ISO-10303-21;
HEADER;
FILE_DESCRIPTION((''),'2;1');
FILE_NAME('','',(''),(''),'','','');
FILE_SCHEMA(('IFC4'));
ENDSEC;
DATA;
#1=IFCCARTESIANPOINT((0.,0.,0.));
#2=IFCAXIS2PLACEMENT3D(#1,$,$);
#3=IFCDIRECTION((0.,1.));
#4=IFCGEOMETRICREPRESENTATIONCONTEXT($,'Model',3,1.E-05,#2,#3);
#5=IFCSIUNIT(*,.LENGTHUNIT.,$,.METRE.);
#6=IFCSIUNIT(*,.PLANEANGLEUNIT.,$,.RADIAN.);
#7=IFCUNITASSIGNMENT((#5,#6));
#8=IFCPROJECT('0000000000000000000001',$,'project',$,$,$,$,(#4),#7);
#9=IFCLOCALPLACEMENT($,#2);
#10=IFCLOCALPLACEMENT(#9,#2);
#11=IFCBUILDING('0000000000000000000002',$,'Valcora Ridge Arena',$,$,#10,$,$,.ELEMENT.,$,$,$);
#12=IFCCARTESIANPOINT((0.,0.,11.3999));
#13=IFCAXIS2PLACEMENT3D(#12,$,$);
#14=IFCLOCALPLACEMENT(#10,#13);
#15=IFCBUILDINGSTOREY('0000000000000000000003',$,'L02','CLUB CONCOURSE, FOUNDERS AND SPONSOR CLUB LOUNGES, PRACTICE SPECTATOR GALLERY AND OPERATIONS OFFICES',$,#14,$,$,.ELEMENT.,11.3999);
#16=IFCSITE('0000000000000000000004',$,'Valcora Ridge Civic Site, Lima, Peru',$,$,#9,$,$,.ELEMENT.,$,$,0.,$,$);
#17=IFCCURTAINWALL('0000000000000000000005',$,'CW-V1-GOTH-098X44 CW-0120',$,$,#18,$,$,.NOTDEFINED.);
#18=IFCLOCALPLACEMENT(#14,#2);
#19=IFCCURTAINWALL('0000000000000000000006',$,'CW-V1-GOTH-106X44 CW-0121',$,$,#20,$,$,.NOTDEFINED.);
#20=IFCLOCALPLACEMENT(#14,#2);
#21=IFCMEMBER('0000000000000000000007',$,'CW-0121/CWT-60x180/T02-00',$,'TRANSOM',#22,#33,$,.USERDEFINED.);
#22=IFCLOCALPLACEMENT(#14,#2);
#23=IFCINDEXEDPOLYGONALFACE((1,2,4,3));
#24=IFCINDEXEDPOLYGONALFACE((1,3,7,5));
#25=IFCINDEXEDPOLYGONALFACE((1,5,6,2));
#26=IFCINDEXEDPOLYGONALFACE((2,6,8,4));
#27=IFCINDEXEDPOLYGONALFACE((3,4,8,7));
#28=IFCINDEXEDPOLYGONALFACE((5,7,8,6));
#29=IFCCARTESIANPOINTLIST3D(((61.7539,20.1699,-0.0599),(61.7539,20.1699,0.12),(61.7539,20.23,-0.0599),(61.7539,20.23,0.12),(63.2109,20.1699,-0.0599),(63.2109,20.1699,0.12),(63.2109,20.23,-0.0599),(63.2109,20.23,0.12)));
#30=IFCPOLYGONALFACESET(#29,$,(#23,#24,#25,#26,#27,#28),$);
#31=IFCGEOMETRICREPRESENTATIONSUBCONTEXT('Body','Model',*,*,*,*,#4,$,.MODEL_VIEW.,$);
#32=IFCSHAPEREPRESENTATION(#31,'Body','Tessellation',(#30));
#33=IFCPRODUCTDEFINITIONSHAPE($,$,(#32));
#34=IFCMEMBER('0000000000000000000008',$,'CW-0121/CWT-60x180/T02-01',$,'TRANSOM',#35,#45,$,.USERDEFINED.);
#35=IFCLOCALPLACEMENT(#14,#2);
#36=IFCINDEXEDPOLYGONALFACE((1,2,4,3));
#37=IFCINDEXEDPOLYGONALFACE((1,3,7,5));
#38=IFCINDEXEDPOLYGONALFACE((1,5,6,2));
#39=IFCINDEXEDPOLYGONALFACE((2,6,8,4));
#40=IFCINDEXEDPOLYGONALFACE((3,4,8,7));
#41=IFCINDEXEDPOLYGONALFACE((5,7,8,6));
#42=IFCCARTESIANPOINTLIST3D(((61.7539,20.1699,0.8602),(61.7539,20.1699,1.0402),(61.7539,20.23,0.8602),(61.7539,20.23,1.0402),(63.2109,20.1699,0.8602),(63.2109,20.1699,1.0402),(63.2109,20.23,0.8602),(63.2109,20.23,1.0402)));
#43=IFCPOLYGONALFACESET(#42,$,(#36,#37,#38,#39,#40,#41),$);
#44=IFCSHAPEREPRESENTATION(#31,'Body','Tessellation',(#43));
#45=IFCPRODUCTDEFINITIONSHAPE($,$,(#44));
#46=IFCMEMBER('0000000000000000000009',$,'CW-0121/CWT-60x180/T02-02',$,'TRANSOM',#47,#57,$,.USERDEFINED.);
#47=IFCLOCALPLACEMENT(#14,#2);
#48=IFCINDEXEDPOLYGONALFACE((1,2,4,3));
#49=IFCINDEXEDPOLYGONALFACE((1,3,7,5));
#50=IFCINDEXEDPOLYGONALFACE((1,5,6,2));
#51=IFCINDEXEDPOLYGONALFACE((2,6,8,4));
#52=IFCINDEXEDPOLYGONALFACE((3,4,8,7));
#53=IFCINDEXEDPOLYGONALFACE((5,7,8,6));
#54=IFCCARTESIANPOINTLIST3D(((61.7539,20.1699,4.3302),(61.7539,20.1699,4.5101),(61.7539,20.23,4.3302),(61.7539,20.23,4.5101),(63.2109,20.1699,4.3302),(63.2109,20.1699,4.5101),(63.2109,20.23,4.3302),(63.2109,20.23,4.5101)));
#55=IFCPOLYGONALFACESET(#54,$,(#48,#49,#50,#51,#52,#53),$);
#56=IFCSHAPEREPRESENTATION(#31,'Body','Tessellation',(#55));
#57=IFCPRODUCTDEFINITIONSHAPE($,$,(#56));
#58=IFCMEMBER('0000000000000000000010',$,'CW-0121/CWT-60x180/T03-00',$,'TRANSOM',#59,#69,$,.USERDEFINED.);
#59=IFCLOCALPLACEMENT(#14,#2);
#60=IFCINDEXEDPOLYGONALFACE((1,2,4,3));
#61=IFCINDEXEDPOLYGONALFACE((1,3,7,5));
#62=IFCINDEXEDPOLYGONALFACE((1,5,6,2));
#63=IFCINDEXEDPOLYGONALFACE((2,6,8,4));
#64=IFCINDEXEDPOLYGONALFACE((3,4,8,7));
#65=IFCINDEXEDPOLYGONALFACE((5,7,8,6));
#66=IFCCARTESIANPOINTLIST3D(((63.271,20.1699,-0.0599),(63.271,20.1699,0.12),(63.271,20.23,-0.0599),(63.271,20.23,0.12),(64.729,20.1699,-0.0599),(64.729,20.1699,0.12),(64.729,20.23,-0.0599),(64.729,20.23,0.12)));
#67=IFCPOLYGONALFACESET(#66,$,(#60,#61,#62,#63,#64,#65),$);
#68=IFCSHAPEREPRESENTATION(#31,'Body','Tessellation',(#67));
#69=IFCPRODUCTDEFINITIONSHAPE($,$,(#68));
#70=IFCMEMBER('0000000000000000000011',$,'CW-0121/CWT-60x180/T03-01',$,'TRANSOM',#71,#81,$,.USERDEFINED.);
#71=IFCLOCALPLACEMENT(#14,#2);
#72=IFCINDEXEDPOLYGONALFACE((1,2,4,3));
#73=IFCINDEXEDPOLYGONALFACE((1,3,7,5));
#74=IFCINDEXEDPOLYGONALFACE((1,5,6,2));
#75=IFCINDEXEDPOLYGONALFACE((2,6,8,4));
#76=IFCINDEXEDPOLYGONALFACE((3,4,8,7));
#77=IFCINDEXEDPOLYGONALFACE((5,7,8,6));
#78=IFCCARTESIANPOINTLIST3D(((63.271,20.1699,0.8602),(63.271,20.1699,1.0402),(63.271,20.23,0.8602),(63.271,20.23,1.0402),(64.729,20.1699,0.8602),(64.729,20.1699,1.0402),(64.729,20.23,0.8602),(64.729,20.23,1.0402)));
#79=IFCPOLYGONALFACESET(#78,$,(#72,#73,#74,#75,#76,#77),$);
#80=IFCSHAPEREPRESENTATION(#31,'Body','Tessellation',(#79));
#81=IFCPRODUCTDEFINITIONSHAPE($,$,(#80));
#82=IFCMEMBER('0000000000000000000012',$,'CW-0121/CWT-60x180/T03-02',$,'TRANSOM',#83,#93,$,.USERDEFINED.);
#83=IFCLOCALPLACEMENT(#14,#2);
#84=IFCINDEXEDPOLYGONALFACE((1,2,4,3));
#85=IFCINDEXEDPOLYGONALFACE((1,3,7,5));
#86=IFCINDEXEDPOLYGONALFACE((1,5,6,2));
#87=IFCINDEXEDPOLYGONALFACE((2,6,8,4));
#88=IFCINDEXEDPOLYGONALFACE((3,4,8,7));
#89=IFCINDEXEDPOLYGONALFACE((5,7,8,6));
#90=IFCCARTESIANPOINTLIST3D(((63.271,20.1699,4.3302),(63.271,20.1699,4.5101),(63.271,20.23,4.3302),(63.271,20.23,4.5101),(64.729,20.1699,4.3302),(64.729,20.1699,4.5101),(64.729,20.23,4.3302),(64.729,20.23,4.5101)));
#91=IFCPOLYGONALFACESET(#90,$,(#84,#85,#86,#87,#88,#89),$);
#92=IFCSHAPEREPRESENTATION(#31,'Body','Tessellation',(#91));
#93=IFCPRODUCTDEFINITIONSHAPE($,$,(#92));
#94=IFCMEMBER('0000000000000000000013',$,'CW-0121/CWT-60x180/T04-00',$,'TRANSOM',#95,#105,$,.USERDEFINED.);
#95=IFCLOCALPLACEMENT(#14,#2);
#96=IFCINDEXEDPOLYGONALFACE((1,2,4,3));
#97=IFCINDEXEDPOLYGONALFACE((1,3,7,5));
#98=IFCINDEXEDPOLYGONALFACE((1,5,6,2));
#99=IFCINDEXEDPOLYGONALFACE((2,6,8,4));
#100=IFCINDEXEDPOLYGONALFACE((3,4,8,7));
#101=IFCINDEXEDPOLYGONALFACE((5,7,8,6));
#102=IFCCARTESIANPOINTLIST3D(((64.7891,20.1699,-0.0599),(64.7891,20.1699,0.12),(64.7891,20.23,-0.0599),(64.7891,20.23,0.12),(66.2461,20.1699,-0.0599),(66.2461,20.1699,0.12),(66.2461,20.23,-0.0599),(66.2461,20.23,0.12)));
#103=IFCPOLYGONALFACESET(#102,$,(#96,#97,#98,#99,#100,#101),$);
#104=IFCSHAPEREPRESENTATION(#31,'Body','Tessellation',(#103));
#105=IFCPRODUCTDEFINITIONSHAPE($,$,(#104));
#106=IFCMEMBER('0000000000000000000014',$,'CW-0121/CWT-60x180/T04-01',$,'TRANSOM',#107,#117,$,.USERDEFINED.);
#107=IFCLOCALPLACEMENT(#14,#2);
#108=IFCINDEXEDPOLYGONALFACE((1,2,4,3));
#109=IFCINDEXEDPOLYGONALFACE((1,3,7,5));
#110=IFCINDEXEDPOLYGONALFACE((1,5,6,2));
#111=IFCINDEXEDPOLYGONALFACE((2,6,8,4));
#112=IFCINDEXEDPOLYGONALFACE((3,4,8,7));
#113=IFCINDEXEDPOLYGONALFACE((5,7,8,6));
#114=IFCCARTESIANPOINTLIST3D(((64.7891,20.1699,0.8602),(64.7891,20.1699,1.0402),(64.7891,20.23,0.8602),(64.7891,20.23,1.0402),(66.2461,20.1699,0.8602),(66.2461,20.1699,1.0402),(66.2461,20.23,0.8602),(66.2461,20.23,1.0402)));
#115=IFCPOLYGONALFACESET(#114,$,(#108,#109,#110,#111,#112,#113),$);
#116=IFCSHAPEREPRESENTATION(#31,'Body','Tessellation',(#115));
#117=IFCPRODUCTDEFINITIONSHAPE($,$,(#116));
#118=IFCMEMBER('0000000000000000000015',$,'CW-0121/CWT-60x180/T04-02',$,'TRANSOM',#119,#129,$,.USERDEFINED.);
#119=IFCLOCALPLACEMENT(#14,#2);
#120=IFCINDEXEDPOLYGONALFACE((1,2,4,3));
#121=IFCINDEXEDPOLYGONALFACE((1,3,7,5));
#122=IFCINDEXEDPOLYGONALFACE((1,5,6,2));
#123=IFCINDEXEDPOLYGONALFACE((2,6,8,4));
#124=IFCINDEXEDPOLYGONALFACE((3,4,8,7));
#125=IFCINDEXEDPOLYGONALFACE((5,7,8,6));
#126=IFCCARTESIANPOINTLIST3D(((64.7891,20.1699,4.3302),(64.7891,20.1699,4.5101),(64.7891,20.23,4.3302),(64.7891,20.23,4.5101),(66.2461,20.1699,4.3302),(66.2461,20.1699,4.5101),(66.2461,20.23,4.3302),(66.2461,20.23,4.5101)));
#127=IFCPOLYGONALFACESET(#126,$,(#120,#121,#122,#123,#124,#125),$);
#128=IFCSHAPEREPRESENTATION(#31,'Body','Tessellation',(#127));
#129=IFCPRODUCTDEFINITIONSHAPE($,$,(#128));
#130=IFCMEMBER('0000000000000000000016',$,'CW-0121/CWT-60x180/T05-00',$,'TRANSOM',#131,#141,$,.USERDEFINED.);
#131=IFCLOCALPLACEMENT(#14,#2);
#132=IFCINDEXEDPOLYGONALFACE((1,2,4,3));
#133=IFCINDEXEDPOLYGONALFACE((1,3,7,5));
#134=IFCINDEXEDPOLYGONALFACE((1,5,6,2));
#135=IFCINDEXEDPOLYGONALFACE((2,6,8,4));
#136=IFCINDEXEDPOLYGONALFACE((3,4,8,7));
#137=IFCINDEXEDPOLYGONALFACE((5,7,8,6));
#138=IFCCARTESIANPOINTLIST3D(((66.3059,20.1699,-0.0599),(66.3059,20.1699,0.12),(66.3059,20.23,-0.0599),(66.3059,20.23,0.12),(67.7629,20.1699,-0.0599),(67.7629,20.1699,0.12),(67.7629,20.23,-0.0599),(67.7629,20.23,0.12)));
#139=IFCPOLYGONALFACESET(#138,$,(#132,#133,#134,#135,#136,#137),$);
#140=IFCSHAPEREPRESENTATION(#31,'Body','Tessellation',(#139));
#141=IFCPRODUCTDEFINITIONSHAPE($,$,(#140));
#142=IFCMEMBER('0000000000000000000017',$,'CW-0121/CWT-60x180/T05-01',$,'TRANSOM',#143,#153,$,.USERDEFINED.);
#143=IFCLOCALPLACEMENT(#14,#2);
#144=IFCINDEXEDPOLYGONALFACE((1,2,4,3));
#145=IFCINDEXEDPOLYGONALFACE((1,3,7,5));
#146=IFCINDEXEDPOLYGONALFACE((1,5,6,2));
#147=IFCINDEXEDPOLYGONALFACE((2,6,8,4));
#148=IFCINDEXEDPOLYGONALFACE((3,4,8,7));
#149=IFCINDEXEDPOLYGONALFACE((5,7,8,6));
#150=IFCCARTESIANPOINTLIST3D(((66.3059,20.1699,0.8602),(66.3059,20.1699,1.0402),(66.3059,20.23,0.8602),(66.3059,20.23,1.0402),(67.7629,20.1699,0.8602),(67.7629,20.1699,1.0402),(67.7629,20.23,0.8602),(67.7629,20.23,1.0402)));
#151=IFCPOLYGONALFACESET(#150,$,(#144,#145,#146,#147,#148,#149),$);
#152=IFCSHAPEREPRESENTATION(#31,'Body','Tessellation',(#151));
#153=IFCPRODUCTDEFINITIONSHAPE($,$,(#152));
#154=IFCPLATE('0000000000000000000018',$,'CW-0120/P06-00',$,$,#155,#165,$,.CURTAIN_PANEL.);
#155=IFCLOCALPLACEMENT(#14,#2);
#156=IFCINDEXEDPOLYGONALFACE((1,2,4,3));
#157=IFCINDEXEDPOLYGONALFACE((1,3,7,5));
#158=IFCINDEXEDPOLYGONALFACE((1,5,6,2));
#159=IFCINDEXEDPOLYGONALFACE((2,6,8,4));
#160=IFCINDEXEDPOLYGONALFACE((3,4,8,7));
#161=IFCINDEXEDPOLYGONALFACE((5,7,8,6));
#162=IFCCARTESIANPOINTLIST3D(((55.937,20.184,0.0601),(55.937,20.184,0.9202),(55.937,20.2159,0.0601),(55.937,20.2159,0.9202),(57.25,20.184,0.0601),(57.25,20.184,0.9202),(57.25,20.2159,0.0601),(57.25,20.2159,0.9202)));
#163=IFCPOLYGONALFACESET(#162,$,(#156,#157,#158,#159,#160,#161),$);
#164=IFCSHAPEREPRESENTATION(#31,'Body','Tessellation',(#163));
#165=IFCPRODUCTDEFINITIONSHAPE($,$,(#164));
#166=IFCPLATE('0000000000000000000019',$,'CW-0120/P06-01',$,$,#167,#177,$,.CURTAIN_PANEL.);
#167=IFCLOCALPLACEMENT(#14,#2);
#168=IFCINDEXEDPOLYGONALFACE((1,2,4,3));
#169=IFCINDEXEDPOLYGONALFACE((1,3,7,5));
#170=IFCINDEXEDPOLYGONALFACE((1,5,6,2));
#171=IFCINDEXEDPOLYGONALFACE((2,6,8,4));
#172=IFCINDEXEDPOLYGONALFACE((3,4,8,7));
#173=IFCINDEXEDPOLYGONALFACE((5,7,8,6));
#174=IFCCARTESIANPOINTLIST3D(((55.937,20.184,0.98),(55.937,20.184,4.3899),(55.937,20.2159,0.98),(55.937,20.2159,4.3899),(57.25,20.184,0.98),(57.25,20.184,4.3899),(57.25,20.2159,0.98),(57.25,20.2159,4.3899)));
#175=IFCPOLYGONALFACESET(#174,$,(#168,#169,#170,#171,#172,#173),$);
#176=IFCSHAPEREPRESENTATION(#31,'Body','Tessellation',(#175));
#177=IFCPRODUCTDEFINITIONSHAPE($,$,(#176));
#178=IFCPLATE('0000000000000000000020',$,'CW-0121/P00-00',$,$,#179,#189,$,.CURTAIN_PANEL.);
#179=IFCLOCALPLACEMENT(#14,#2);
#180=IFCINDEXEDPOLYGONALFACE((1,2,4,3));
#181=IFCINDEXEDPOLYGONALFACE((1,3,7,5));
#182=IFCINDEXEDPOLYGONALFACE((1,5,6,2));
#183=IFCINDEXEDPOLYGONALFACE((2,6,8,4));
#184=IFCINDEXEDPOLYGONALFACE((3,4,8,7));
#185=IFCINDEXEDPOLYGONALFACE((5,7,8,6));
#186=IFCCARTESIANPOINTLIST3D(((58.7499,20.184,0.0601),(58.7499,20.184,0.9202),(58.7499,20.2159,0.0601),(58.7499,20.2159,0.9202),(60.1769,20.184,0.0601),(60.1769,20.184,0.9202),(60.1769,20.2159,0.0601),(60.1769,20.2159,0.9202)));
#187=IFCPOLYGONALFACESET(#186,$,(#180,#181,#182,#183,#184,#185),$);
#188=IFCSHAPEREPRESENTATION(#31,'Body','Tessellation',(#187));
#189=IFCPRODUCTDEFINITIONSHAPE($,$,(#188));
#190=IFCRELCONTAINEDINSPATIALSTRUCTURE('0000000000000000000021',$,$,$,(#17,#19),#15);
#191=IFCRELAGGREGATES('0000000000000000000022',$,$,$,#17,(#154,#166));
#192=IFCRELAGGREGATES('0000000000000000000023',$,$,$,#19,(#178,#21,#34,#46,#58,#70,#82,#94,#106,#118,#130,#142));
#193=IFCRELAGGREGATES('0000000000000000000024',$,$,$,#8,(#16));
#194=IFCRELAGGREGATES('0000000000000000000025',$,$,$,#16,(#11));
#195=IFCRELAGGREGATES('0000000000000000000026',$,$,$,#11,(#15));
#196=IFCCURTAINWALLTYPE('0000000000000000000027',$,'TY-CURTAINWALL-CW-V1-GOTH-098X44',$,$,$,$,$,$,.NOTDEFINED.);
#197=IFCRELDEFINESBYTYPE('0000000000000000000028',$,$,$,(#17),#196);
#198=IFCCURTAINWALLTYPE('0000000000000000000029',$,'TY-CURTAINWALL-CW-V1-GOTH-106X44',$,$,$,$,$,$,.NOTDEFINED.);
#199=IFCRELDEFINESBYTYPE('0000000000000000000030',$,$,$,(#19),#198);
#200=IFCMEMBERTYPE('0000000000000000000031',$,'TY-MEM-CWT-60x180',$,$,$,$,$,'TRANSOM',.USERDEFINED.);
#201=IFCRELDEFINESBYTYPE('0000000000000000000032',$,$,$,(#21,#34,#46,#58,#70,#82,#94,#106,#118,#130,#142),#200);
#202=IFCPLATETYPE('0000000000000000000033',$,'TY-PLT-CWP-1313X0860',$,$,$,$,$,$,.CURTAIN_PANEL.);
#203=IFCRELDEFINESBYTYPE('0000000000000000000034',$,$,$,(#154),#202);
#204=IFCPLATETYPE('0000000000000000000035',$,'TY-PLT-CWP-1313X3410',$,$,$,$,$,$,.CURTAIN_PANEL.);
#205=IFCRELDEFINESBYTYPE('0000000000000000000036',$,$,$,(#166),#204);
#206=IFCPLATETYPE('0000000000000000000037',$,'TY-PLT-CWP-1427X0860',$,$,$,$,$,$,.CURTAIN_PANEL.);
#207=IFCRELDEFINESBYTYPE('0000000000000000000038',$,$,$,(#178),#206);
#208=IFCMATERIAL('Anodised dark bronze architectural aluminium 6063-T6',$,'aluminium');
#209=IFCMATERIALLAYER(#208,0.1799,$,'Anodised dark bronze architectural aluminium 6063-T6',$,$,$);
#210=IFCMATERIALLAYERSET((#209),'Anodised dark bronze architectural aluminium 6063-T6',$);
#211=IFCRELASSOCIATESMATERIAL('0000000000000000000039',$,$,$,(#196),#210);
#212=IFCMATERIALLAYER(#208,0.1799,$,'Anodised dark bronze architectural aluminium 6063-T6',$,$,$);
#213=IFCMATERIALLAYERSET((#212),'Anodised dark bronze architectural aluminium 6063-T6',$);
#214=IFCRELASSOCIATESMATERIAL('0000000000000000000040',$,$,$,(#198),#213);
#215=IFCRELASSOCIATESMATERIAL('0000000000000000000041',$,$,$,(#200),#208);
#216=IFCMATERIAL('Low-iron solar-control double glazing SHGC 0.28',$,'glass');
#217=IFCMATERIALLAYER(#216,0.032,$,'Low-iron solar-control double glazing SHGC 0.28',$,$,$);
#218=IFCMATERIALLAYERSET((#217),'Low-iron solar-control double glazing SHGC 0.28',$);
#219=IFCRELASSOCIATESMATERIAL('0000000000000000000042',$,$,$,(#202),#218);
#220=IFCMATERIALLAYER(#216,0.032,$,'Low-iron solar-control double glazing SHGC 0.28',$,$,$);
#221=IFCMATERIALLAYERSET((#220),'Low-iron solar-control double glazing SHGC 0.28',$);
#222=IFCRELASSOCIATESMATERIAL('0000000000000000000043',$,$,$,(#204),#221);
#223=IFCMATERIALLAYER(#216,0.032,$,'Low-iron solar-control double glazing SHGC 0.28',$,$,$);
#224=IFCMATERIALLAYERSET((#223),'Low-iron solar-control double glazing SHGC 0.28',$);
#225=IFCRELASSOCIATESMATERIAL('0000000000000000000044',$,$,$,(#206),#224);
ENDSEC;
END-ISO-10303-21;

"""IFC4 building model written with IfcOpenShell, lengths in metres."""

from ifc_helpers import new_model, si_unit, direction, frame, origin, origin_2d, place, context, subcontext, project, spatial, rectangle, extrude, material, layer, layer_set, material_profile, profile_set, type_object, element, aggregate, save


model = new_model("IFC4")

# Units and contexts
model_context = context("Model", 3, precision=1e-05, world=origin(), true_north=direction((0.0, 1.0)))
body_context = subcontext(model_context, "Body", "Model", "MODEL_VIEW")
ifc_project = project(units=[si_unit("LENGTHUNIT", "METRE"), si_unit("PLANEANGLEUNIT", "RADIAN")], contexts=[model_context])

# Site, building, storey
site_placement = place(None, origin())
site = spatial("IfcSite", under=ifc_project, at=site_placement, Name="Valcora Ridge Civic Site, Lima, Peru", CompositionType="ELEMENT", RefElevation=0.0)
building_placement = place(site_placement, origin())
building = spatial("IfcBuilding", under=site, at=building_placement, Name="Valcora Ridge Arena", CompositionType="ELEMENT")
storey_placement = place(building_placement, frame((0.0, 0.0, 11.3999)))
storey = spatial("IfcBuildingStorey", under=building, at=storey_placement, Name="L02", Description="CLUB CONCOURSE, FOUNDERS AND SPONSOR CLUB LOUNGES, PRACTICE SPECTATOR GALLERY AND OPERATIONS OFFICES", CompositionType="ELEMENT", Elevation=11.3999)

# Curtain wall
ifc_material_1 = material(Name="Anodised dark bronze architectural aluminium 6063-T6", Category="aluminium")
ifc_layer_1 = layer(ifc_material_1, 0.1799, Name="Anodised dark bronze architectural aluminium 6063-T6")
ifc_layer_set_1 = layer_set([ifc_layer_1], Name="Anodised dark bronze architectural aluminium 6063-T6")
curtain_wall_type_1 = type_object("IfcCurtainWallType", Name="TY-CURTAINWALL-CW-V1-GOTH-098X44", PredefinedType="NOTDEFINED", material=ifc_layer_set_1)
curtain_wall_1_placement = place(storey_placement, origin())
curtain_wall_1 = element("IfcCurtainWall", 1, at=curtain_wall_1_placement, inside=storey, type_object=curtain_wall_type_1, Name="CW-V1-GOTH-098X44 CW-0120", PredefinedType="NOTDEFINED")

# Curtain wall
ifc_layer_2 = layer(ifc_material_1, 0.1799, Name="Anodised dark bronze architectural aluminium 6063-T6")
ifc_layer_set_2 = layer_set([ifc_layer_2], Name="Anodised dark bronze architectural aluminium 6063-T6")
curtain_wall_type_2 = type_object("IfcCurtainWallType", Name="TY-CURTAINWALL-CW-V1-GOTH-106X44", PredefinedType="NOTDEFINED", material=ifc_layer_set_2)
curtain_wall_2_placement = place(storey_placement, origin())
curtain_wall_2 = element("IfcCurtainWall", 2, at=curtain_wall_2_placement, inside=storey, type_object=curtain_wall_type_2, Name="CW-V1-GOTH-106X44 CW-0121", PredefinedType="NOTDEFINED")

# Members
ifc_material_profile_1 = material_profile(ifc_material_1, rectangle(XDim=0.0601, YDim=0.1799, at=origin_2d()), Name="ALU TRANSOM 60x180")
ifc_profile_set_1 = profile_set([ifc_material_profile_1], Name="Anodised dark bronze architectural aluminium 6063-T6")
member_type_1 = type_object("IfcMemberType", Name="TY-MEM-CWT-60x180", ElementType="TRANSOM", PredefinedType="USERDEFINED", material=ifc_profile_set_1)
member_1_placement = place(storey_placement, frame((61.7539, 20.2, 0.03), z_axis=(1.0, 0.0, 0.0), x_axis=(0.0, 1.0, 0.0)))
member_1 = element("IfcMember", 3, at=member_1_placement, type_object=member_type_1, Name="CW-0121/CWT-60x180/T02-00", ObjectType="TRANSOM", PredefinedType="USERDEFINED", context=body_context, shape_type="SweptSolid", body=[
    extrude(rectangle(XDim=0.0601, YDim=0.1799, at=origin_2d()), origin(), (0.0, 0.0, 1.0), 1.457),
])
member_2_placement = place(storey_placement, frame((61.7539, 20.2, 0.9502), z_axis=(1.0, 0.0, 0.0), x_axis=(0.0, 1.0, 0.0)))
member_2 = element("IfcMember", 4, at=member_2_placement, type_object=member_type_1, Name="CW-0121/CWT-60x180/T02-01", ObjectType="TRANSOM", PredefinedType="USERDEFINED", context=body_context, shape_type="SweptSolid", body=[
    extrude(rectangle(XDim=0.0601, YDim=0.1799, at=origin_2d()), origin(), (0.0, 0.0, 1.0), 1.457),
])
member_3_placement = place(storey_placement, frame((61.7539, 20.2, 4.4202), z_axis=(1.0, 0.0, 0.0), x_axis=(0.0, 1.0, 0.0)))
member_3 = element("IfcMember", 5, at=member_3_placement, type_object=member_type_1, Name="CW-0121/CWT-60x180/T02-02", ObjectType="TRANSOM", PredefinedType="USERDEFINED", context=body_context, shape_type="SweptSolid", body=[
    extrude(rectangle(XDim=0.0601, YDim=0.1799, at=origin_2d()), origin(), (0.0, 0.0, 1.0), 1.457),
])
member_4_placement = place(storey_placement, frame((63.271, 20.2, 0.03), z_axis=(1.0, 0.0, 0.0), x_axis=(0.0, 1.0, 0.0)))
member_4 = element("IfcMember", 6, at=member_4_placement, type_object=member_type_1, Name="CW-0121/CWT-60x180/T03-00", ObjectType="TRANSOM", PredefinedType="USERDEFINED", context=body_context, shape_type="SweptSolid", body=[
    extrude(rectangle(XDim=0.0601, YDim=0.1799, at=origin_2d()), origin(), (0.0, 0.0, 1.0), 1.458),
])
member_5_placement = place(storey_placement, frame((63.271, 20.2, 0.9502), z_axis=(1.0, 0.0, 0.0), x_axis=(0.0, 1.0, 0.0)))
member_5 = element("IfcMember", 7, at=member_5_placement, type_object=member_type_1, Name="CW-0121/CWT-60x180/T03-01", ObjectType="TRANSOM", PredefinedType="USERDEFINED", context=body_context, shape_type="SweptSolid", body=[
    extrude(rectangle(XDim=0.0601, YDim=0.1799, at=origin_2d()), origin(), (0.0, 0.0, 1.0), 1.458),
])
member_6_placement = place(storey_placement, frame((63.271, 20.2, 4.4202), z_axis=(1.0, 0.0, 0.0), x_axis=(0.0, 1.0, 0.0)))
member_6 = element("IfcMember", 8, at=member_6_placement, type_object=member_type_1, Name="CW-0121/CWT-60x180/T03-02", ObjectType="TRANSOM", PredefinedType="USERDEFINED", context=body_context, shape_type="SweptSolid", body=[
    extrude(rectangle(XDim=0.0601, YDim=0.1799, at=origin_2d()), origin(), (0.0, 0.0, 1.0), 1.458),
])
member_7_placement = place(storey_placement, frame((64.7891, 20.2, 0.03), z_axis=(1.0, 0.0, 0.0), x_axis=(0.0, 1.0, 0.0)))
member_7 = element("IfcMember", 9, at=member_7_placement, type_object=member_type_1, Name="CW-0121/CWT-60x180/T04-00", ObjectType="TRANSOM", PredefinedType="USERDEFINED", context=body_context, shape_type="SweptSolid", body=[
    extrude(rectangle(XDim=0.0601, YDim=0.1799, at=origin_2d()), origin(), (0.0, 0.0, 1.0), 1.457),
])
member_8_placement = place(storey_placement, frame((64.7891, 20.2, 0.9502), z_axis=(1.0, 0.0, 0.0), x_axis=(0.0, 1.0, 0.0)))
member_8 = element("IfcMember", 10, at=member_8_placement, type_object=member_type_1, Name="CW-0121/CWT-60x180/T04-01", ObjectType="TRANSOM", PredefinedType="USERDEFINED", context=body_context, shape_type="SweptSolid", body=[
    extrude(rectangle(XDim=0.0601, YDim=0.1799, at=origin_2d()), origin(), (0.0, 0.0, 1.0), 1.457),
])
member_9_placement = place(storey_placement, frame((64.7891, 20.2, 4.4202), z_axis=(1.0, 0.0, 0.0), x_axis=(0.0, 1.0, 0.0)))
member_9 = element("IfcMember", 11, at=member_9_placement, type_object=member_type_1, Name="CW-0121/CWT-60x180/T04-02", ObjectType="TRANSOM", PredefinedType="USERDEFINED", context=body_context, shape_type="SweptSolid", body=[
    extrude(rectangle(XDim=0.0601, YDim=0.1799, at=origin_2d()), origin(), (0.0, 0.0, 1.0), 1.457),
])
member_10_placement = place(storey_placement, frame((66.3059, 20.2, 0.03), z_axis=(1.0, 0.0, 0.0), x_axis=(0.0, 1.0, 0.0)))
member_10 = element("IfcMember", 12, at=member_10_placement, type_object=member_type_1, Name="CW-0121/CWT-60x180/T05-00", ObjectType="TRANSOM", PredefinedType="USERDEFINED", context=body_context, shape_type="SweptSolid", body=[
    extrude(rectangle(XDim=0.0601, YDim=0.1799, at=origin_2d()), origin(), (0.0, 0.0, 1.0), 1.457),
])
member_11_placement = place(storey_placement, frame((66.3059, 20.2, 0.9502), z_axis=(1.0, 0.0, 0.0), x_axis=(0.0, 1.0, 0.0)))
member_11 = element("IfcMember", 13, at=member_11_placement, type_object=member_type_1, Name="CW-0121/CWT-60x180/T05-01", ObjectType="TRANSOM", PredefinedType="USERDEFINED", context=body_context, shape_type="SweptSolid", body=[
    extrude(rectangle(XDim=0.0601, YDim=0.1799, at=origin_2d()), origin(), (0.0, 0.0, 1.0), 1.457),
])

# Plates
ifc_material_2 = material(Name="Low-iron solar-control double glazing SHGC 0.28", Category="glass")
ifc_layer_3 = layer(ifc_material_2, 0.032, Name="Low-iron solar-control double glazing SHGC 0.28")
ifc_layer_set_3 = layer_set([ifc_layer_3], Name="Low-iron solar-control double glazing SHGC 0.28")
plate_type_1 = type_object("IfcPlateType", Name="TY-PLT-CWP-1313X0860", PredefinedType="CURTAIN_PANEL", material=ifc_layer_set_3)
plate_1_placement = place(storey_placement, frame((56.5935, 20.2, 0.0601), z_axis=(0.0, 0.0, 1.0), x_axis=(1.0, 0.0, 0.0)))
plate_1 = element("IfcPlate", 14, at=plate_1_placement, type_object=plate_type_1, Name="CW-0120/P06-00", PredefinedType="CURTAIN_PANEL", context=body_context, shape_type="SweptSolid", body=[
    extrude(rectangle(XDim=1.313, YDim=0.032, at=origin_2d()), origin(), (0.0, 0.0, 1.0), 0.8601),
])
ifc_layer_4 = layer(ifc_material_2, 0.032, Name="Low-iron solar-control double glazing SHGC 0.28")
ifc_layer_set_4 = layer_set([ifc_layer_4], Name="Low-iron solar-control double glazing SHGC 0.28")
plate_type_2 = type_object("IfcPlateType", Name="TY-PLT-CWP-1313X3410", PredefinedType="CURTAIN_PANEL", material=ifc_layer_set_4)
plate_2_placement = place(storey_placement, frame((56.5935, 20.2, 0.98), z_axis=(0.0, 0.0, 1.0), x_axis=(1.0, 0.0, 0.0)))
plate_2 = element("IfcPlate", 15, at=plate_2_placement, type_object=plate_type_2, Name="CW-0120/P06-01", PredefinedType="CURTAIN_PANEL", context=body_context, shape_type="SweptSolid", body=[
    extrude(rectangle(XDim=1.313, YDim=0.032, at=origin_2d()), origin(), (0.0, 0.0, 1.0), 3.4099),
])
aggregate(curtain_wall_1, [plate_1, plate_2])
ifc_layer_5 = layer(ifc_material_2, 0.032, Name="Low-iron solar-control double glazing SHGC 0.28")
ifc_layer_set_5 = layer_set([ifc_layer_5], Name="Low-iron solar-control double glazing SHGC 0.28")
plate_type_3 = type_object("IfcPlateType", Name="TY-PLT-CWP-1427X0860", PredefinedType="CURTAIN_PANEL", material=ifc_layer_set_5)
plate_3_placement = place(storey_placement, frame((59.4634, 20.2, 0.0601), z_axis=(0.0, 0.0, 1.0), x_axis=(1.0, 0.0, 0.0)))
plate_3 = element("IfcPlate", 16, at=plate_3_placement, type_object=plate_type_3, Name="CW-0121/P00-00", PredefinedType="CURTAIN_PANEL", context=body_context, shape_type="SweptSolid", body=[
    extrude(rectangle(XDim=1.427, YDim=0.032, at=origin_2d()), origin(), (0.0, 0.0, 1.0), 0.8601),
])
aggregate(curtain_wall_2, [plate_3, member_1, member_2, member_3, member_4, member_5, member_6, member_7, member_8, member_9, member_10, member_11])

save(model, "model.ifc")
